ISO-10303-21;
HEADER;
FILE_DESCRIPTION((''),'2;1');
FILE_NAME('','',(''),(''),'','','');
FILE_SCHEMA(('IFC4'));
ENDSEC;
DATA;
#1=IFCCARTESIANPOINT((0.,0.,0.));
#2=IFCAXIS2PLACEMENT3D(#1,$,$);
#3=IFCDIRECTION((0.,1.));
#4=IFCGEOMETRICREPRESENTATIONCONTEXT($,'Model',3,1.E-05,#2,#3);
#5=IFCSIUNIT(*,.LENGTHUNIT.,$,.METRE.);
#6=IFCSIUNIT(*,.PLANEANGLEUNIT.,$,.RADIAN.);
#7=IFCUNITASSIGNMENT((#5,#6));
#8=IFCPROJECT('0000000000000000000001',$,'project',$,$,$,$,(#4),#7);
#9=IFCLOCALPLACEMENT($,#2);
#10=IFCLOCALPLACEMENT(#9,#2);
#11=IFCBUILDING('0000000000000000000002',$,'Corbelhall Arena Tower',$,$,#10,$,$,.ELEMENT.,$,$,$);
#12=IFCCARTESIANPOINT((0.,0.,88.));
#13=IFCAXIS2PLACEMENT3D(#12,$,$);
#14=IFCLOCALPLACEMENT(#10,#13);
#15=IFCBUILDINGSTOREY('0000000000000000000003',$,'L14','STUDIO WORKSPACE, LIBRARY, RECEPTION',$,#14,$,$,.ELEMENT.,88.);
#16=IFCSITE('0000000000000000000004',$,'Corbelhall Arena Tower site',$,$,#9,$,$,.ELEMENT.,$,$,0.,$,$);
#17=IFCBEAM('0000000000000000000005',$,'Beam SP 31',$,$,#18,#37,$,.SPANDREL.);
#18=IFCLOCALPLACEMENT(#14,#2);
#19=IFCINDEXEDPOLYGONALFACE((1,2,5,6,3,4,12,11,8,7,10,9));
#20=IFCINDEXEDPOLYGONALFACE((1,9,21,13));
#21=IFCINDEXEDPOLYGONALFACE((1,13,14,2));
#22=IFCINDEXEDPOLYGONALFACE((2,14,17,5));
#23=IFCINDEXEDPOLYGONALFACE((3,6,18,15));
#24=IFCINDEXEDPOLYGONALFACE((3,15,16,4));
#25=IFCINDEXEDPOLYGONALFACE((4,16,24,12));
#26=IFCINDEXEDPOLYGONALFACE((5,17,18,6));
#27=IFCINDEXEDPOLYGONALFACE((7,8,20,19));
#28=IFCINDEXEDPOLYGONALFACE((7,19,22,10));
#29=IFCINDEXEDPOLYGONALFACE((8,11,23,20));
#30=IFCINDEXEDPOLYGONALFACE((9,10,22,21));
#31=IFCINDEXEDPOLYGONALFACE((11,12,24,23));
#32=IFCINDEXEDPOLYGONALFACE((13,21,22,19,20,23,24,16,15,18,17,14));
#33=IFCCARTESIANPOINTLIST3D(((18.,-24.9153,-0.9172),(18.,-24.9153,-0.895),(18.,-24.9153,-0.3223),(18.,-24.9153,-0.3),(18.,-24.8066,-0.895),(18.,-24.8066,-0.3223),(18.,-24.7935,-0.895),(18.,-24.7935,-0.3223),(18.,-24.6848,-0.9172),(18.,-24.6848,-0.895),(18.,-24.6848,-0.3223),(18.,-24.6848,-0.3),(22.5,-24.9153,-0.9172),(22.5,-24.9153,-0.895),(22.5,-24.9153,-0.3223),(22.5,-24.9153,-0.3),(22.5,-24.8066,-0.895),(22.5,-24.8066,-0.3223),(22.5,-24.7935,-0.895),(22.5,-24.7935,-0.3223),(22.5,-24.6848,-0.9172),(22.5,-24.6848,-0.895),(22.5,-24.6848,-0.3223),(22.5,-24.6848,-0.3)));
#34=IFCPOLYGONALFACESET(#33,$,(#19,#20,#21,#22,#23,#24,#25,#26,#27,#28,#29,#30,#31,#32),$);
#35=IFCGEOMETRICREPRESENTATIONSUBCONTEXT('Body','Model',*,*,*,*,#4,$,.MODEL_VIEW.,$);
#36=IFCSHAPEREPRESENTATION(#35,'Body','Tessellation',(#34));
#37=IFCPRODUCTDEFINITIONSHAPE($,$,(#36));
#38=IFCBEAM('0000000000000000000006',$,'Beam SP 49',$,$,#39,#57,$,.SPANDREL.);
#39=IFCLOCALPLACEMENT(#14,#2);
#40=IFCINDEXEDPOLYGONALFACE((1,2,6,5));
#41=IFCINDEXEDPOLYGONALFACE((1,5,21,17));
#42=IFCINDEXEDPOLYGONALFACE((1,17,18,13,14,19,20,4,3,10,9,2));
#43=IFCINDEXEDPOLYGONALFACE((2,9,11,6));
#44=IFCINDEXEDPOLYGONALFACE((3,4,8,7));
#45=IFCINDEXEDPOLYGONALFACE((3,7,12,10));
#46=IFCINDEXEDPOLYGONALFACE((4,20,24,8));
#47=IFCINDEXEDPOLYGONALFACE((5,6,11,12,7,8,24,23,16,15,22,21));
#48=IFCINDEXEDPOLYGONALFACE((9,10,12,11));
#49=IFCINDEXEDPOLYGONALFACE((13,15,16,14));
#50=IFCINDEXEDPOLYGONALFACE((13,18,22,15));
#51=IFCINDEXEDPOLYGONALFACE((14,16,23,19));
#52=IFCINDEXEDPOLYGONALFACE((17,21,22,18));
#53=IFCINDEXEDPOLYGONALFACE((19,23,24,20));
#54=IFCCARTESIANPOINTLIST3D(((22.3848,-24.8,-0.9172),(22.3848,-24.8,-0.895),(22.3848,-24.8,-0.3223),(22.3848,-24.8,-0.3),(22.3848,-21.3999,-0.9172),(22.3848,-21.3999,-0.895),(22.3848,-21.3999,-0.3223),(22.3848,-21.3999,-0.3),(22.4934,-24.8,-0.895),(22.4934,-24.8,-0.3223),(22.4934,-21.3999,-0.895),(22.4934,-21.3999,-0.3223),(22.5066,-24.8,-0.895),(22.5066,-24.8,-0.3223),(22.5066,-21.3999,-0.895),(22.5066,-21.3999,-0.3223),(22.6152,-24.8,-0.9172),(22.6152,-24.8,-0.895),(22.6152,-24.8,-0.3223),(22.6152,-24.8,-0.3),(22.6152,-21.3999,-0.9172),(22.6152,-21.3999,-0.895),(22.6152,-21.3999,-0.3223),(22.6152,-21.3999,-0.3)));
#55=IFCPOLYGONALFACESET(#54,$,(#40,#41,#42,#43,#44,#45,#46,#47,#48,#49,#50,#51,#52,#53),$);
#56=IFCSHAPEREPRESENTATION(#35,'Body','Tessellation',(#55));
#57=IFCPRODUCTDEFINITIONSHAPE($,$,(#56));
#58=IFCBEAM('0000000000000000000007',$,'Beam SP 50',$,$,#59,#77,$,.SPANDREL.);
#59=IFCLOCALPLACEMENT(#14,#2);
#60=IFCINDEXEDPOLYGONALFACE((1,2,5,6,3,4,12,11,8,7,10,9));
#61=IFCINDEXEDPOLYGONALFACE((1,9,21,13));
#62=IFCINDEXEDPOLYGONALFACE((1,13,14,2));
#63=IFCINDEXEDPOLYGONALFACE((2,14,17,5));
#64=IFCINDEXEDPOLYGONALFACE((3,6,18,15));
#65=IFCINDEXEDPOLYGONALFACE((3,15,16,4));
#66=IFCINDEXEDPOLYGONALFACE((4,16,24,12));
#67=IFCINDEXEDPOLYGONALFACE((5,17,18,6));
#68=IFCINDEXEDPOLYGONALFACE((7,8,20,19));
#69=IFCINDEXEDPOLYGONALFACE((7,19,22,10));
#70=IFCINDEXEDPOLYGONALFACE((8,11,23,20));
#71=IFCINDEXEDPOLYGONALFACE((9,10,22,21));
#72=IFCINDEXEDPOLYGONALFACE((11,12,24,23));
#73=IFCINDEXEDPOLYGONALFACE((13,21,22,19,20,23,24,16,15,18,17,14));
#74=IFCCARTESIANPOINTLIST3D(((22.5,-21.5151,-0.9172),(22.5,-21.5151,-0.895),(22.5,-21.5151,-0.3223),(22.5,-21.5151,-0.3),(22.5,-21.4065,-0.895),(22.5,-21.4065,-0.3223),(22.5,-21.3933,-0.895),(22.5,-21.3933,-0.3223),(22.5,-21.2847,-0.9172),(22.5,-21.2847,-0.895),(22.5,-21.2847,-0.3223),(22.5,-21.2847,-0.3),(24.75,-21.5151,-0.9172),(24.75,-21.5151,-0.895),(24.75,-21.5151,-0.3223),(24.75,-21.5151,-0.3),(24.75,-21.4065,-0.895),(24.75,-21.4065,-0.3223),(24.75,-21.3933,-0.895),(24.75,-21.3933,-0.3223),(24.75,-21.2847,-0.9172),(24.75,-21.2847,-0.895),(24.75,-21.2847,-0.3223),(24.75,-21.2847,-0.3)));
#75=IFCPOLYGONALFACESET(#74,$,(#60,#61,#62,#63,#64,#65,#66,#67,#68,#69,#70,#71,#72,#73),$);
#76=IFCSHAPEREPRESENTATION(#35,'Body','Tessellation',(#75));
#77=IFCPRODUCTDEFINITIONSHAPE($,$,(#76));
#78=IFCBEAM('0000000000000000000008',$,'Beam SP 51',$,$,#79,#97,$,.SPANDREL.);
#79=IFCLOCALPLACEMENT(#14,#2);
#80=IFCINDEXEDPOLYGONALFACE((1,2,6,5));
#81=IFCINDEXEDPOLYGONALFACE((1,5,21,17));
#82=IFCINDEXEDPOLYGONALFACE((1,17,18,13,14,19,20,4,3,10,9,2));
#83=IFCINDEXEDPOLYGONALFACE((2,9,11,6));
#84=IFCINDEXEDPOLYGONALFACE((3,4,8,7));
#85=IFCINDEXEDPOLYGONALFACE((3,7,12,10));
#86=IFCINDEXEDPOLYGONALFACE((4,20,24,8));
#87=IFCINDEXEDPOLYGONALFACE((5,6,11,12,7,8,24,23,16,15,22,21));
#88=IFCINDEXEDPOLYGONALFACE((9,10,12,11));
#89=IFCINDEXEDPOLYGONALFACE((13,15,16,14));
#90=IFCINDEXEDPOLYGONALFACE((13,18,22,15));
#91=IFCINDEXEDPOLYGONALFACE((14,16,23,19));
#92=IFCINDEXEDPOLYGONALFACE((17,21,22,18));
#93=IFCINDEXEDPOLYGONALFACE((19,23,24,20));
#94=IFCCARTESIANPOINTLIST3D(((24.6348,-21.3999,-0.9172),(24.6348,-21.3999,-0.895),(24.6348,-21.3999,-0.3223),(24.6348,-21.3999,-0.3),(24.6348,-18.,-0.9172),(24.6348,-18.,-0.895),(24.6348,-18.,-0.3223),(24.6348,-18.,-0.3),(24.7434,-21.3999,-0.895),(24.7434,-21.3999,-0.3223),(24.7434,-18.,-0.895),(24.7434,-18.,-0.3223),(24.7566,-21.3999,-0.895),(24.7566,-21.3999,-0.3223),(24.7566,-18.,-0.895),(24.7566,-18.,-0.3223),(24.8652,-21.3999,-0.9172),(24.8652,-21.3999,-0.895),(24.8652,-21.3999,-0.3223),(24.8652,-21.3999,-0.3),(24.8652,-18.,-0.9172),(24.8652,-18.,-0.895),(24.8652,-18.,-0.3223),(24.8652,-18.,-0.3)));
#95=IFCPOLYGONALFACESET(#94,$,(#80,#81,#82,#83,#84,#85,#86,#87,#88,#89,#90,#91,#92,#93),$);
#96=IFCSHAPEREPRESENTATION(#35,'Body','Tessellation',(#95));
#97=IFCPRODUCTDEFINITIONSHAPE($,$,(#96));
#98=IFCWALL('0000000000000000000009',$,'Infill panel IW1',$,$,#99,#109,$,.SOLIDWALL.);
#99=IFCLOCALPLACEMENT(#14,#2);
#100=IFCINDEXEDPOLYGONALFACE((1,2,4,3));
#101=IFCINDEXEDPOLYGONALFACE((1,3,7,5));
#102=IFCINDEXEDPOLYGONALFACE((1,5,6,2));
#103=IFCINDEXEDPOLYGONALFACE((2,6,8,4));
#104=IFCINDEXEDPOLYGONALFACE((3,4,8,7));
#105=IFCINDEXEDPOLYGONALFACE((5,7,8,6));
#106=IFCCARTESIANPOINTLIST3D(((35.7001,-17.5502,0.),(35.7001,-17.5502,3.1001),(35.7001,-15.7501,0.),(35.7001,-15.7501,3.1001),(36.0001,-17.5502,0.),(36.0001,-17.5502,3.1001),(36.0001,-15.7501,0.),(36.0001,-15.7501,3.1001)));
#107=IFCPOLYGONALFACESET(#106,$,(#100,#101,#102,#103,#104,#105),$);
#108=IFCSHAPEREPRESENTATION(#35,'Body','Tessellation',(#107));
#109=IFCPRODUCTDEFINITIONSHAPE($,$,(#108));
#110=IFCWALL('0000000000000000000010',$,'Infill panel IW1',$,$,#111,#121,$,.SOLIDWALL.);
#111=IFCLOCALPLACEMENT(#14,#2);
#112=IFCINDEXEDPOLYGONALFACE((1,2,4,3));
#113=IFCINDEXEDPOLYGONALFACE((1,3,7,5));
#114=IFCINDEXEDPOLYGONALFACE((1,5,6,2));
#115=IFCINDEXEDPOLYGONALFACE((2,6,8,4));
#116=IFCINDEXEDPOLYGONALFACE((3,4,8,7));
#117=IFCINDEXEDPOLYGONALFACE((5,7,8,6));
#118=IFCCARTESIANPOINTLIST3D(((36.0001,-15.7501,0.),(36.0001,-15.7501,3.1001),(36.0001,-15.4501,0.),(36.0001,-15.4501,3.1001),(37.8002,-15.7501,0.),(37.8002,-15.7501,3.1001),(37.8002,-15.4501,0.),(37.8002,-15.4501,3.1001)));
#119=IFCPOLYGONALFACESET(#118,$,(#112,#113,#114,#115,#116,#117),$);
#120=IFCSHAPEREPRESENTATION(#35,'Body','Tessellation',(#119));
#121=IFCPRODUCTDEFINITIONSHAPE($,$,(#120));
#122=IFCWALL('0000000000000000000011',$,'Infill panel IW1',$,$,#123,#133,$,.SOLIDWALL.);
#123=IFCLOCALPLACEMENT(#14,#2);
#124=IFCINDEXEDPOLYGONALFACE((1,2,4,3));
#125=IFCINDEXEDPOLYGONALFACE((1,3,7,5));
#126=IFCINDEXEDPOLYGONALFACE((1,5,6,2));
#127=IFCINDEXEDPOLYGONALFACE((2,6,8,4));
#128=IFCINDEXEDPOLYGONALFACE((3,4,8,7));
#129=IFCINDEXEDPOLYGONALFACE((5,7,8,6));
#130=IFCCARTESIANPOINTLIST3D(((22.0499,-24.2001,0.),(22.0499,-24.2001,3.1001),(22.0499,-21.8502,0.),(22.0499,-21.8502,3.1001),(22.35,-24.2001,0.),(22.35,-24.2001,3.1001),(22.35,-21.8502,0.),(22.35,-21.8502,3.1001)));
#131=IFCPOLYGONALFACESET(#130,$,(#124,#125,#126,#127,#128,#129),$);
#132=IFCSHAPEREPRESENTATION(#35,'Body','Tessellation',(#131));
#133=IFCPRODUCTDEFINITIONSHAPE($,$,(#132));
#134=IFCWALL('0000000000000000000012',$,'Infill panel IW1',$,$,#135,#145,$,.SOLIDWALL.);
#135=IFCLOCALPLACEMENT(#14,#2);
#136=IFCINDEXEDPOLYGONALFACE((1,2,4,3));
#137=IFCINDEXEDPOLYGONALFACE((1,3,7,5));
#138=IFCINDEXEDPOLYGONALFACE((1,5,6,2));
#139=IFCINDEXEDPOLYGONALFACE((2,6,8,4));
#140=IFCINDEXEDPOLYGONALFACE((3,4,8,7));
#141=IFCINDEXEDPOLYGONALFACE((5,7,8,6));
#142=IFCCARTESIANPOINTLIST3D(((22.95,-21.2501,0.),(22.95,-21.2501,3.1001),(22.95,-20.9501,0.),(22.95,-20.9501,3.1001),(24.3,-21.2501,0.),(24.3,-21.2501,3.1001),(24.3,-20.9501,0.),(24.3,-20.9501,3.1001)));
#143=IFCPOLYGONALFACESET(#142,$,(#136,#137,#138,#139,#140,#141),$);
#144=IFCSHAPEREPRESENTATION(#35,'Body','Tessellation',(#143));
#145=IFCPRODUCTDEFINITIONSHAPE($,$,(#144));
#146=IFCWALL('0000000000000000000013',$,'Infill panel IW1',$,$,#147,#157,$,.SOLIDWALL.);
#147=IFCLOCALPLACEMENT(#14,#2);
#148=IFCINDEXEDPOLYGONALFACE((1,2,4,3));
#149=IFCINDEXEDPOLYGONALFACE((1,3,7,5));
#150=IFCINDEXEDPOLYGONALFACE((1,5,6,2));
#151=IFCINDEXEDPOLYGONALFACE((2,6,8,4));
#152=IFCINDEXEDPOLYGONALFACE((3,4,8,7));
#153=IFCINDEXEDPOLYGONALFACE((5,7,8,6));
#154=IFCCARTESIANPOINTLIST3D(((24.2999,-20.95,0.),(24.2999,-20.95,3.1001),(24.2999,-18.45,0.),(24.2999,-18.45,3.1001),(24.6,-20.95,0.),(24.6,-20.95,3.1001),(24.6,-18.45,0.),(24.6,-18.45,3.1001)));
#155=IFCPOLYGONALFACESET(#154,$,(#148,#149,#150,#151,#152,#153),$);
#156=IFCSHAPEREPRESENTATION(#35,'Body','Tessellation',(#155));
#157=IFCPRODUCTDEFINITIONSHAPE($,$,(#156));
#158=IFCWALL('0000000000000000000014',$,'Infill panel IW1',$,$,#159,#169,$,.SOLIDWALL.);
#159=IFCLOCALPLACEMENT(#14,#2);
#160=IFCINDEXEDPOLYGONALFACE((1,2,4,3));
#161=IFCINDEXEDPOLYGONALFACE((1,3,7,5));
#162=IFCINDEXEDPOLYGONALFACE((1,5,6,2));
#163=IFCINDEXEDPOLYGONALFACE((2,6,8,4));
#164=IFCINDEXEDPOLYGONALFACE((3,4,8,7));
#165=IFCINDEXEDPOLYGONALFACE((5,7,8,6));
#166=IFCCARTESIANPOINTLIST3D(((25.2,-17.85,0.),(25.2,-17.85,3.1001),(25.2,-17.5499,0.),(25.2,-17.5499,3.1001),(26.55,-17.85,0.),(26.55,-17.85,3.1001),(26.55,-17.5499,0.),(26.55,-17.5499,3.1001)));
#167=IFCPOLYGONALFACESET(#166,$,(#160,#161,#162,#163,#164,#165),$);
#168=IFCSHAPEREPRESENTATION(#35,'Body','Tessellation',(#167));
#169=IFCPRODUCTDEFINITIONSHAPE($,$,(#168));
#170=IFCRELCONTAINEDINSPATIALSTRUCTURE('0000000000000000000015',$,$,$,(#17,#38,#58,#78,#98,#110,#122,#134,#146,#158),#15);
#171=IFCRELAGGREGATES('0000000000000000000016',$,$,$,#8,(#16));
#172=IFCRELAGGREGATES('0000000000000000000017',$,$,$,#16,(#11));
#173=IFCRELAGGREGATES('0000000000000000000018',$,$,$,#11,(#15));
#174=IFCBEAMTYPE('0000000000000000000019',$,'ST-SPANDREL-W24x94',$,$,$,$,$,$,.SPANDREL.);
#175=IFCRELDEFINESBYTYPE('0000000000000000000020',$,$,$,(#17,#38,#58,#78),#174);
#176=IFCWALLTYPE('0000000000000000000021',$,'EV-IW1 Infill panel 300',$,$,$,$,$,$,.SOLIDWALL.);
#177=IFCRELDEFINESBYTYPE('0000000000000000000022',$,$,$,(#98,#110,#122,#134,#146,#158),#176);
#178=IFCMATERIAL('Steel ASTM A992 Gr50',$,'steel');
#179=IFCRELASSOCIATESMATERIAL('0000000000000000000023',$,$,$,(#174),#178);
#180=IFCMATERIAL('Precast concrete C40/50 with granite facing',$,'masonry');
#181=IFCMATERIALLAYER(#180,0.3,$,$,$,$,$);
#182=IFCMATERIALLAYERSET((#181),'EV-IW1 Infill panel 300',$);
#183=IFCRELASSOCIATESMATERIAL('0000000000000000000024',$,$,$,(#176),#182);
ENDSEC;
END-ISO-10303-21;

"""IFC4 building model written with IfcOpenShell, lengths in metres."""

from ifc_helpers import new_model, si_unit, direction, frame, frame_2d, origin, origin_2d, place, context, subcontext, project, spatial, rectangle, i_section, extrude, material, layer, layer_set, material_profile, profile_set, type_object, element, save


model = new_model("IFC4")

# Units and contexts
model_context = context("Model", 3, precision=1e-05, world=origin(), true_north=direction((0.0, 1.0)))
body_context = subcontext(model_context, "Body", "Model", "MODEL_VIEW")
ifc_project = project(units=[si_unit("LENGTHUNIT", "METRE"), si_unit("PLANEANGLEUNIT", "RADIAN")], contexts=[model_context])

# Site, building, storey
site_placement = place(None, origin())
site = spatial("IfcSite", under=ifc_project, at=site_placement, Name="Corbelhall Arena Tower site", CompositionType="ELEMENT", RefElevation=0.0)
building_placement = place(site_placement, origin())
building = spatial("IfcBuilding", under=site, at=building_placement, Name="Corbelhall Arena Tower", CompositionType="ELEMENT")
storey_placement = place(building_placement, frame((0.0, 0.0, 88.0)))
storey = spatial("IfcBuildingStorey", under=building, at=storey_placement, Name="L14", Description="STUDIO WORKSPACE, LIBRARY, RECEPTION", CompositionType="ELEMENT", Elevation=88.0)

# Beams
ifc_material_1 = material(Name="Steel ASTM A992 Gr50", Category="steel")
ifc_material_profile_1 = material_profile(ifc_material_1, i_section(OverallWidth=0.2305, OverallDepth=0.6172, WebThickness=0.0132, FlangeThickness=0.0222, at=origin_2d()))
ifc_profile_set_1 = profile_set([ifc_material_profile_1], Name="Steel ASTM A992 Gr50")
beam_type = type_object("IfcBeamType", Name="ST-SPANDREL-W24x94", PredefinedType="SPANDREL", material=ifc_profile_set_1)
for number, where, z_axis, x_axis, name in (
    (1, (22.5, -24.8, -0.6086), (-1.0, 0.0, 0.0), (0.0, -1.0, 0.0), "Beam SP 31"),
):
    element("IfcBeam", number, at=place(storey_placement, frame(where, z_axis=z_axis, x_axis=x_axis)), inside=storey, type_object=beam_type, Name=name, PredefinedType="SPANDREL", context=body_context, shape_type="SweptSolid", body=[
        extrude(i_section(OverallWidth=0.2305, OverallDepth=0.6172, WebThickness=0.0132, FlangeThickness=0.0222, at=origin_2d()), origin(), (0.0, 0.0, 1.0), 4.5),
    ])
beam_1_placement = place(storey_placement, frame((22.5, -21.3999, -0.6086), z_axis=(0.0, -1.0, 0.0), x_axis=(1.0, 0.0, 0.0)))
element("IfcBeam", 2, at=beam_1_placement, inside=storey, type_object=beam_type, Name="Beam SP 49", PredefinedType="SPANDREL", context=body_context, shape_type="SweptSolid", body=[
    extrude(i_section(OverallWidth=0.2305, OverallDepth=0.6172, WebThickness=0.0132, FlangeThickness=0.0222, at=origin_2d()), origin(), (0.0, 0.0, 1.0), 3.4001),
])
beam_2_placement = place(storey_placement, frame((24.75, -21.3999, -0.6086), z_axis=(-1.0, 0.0, 0.0), x_axis=(0.0, -1.0, 0.0)))
element("IfcBeam", 3, at=beam_2_placement, inside=storey, type_object=beam_type, Name="Beam SP 50", PredefinedType="SPANDREL", context=body_context, shape_type="SweptSolid", body=[
    extrude(i_section(OverallWidth=0.2305, OverallDepth=0.6172, WebThickness=0.0132, FlangeThickness=0.0222, at=origin_2d()), origin(), (0.0, 0.0, 1.0), 2.25),
])
beam_3_placement = place(storey_placement, frame((24.75, -18.0, -0.6086), z_axis=(0.0, -1.0, 0.0), x_axis=(1.0, 0.0, 0.0)))
element("IfcBeam", 4, at=beam_3_placement, inside=storey, type_object=beam_type, Name="Beam SP 51", PredefinedType="SPANDREL", context=body_context, shape_type="SweptSolid", body=[
    extrude(i_section(OverallWidth=0.2305, OverallDepth=0.6172, WebThickness=0.0132, FlangeThickness=0.0222, at=origin_2d()), origin(), (0.0, 0.0, 1.0), 3.3999),
])

# Walls
ifc_material_2 = material(Name="Precast concrete C40/50 with granite facing", Category="masonry")
ifc_layer = layer(ifc_material_2, 0.3)
ifc_layer_set = layer_set([ifc_layer], Name="EV-IW1 Infill panel 300")
wall_type = type_object("IfcWallType", Name="EV-IW1 Infill panel 300", PredefinedType="SOLIDWALL", material=ifc_layer_set)
for number, where, z_axis, x_axis, name in (
    (5, (35.8501, -17.55, 0.0), (0.0, 0.0, 1.0), (0.0, 1.0, 0.0), "Infill panel IW1"),
    (6, (37.8, -15.6001, 0.0), (0.0, 0.0, 1.0), (-1.0, 0.0, 0.0), "Infill panel IW1"),
):
    element("IfcWall", number, at=place(storey_placement, frame(where, z_axis=z_axis, x_axis=x_axis)), inside=storey, type_object=wall_type, Name=name, PredefinedType="SOLIDWALL", context=body_context, shape_type="SweptSolid", body=[
        extrude(rectangle(XDim=1.8, YDim=0.3, at=frame_2d((0.8999, 0.0))), origin(), (0.0, 0.0, 1.0), 3.1001),
    ])

# Walls
wall_1_placement = place(storey_placement, frame((22.2, -24.2, 0.0), z_axis=(0.0, 0.0, 1.0), x_axis=(0.0, 1.0, 0.0)))
element("IfcWall", 7, at=wall_1_placement, inside=storey, type_object=wall_type, Name="Infill panel IW1", PredefinedType="SOLIDWALL", context=body_context, shape_type="SweptSolid", body=[
    extrude(rectangle(XDim=2.3499, YDim=0.3, at=frame_2d((1.1748, 0.0))), origin(), (0.0, 0.0, 1.0), 3.1001),
])
wall_2_placement = place(storey_placement, frame((22.95, -21.1001, 0.0), z_axis=(0.0, 0.0, 1.0), x_axis=(1.0, 0.0, 0.0)))
element("IfcWall", 8, at=wall_2_placement, inside=storey, type_object=wall_type, Name="Infill panel IW1", PredefinedType="SOLIDWALL", context=body_context, shape_type="SweptSolid", body=[
    extrude(rectangle(XDim=1.3501, YDim=0.3, at=frame_2d((0.675, 0.0))), origin(), (0.0, 0.0, 1.0), 3.1001),
])
wall_3_placement = place(storey_placement, frame((24.45, -20.95, 0.0), z_axis=(0.0, 0.0, 1.0), x_axis=(0.0, 1.0, 0.0)))
element("IfcWall", 9, at=wall_3_placement, inside=storey, type_object=wall_type, Name="Infill panel IW1", PredefinedType="SOLIDWALL", context=body_context, shape_type="SweptSolid", body=[
    extrude(rectangle(XDim=2.5, YDim=0.3, at=frame_2d((1.25, 0.0))), origin(), (0.0, 0.0, 1.0), 3.1001),
])
wall_4_placement = place(storey_placement, frame((25.2, -17.7, 0.0), z_axis=(0.0, 0.0, 1.0), x_axis=(1.0, 0.0, 0.0)))
element("IfcWall", 10, at=wall_4_placement, inside=storey, type_object=wall_type, Name="Infill panel IW1", PredefinedType="SOLIDWALL", context=body_context, shape_type="SweptSolid", body=[
    extrude(rectangle(XDim=1.3501, YDim=0.3, at=frame_2d((0.675, 0.0))), origin(), (0.0, 0.0, 1.0), 3.1001),
])

save(model, "model.ifc")
